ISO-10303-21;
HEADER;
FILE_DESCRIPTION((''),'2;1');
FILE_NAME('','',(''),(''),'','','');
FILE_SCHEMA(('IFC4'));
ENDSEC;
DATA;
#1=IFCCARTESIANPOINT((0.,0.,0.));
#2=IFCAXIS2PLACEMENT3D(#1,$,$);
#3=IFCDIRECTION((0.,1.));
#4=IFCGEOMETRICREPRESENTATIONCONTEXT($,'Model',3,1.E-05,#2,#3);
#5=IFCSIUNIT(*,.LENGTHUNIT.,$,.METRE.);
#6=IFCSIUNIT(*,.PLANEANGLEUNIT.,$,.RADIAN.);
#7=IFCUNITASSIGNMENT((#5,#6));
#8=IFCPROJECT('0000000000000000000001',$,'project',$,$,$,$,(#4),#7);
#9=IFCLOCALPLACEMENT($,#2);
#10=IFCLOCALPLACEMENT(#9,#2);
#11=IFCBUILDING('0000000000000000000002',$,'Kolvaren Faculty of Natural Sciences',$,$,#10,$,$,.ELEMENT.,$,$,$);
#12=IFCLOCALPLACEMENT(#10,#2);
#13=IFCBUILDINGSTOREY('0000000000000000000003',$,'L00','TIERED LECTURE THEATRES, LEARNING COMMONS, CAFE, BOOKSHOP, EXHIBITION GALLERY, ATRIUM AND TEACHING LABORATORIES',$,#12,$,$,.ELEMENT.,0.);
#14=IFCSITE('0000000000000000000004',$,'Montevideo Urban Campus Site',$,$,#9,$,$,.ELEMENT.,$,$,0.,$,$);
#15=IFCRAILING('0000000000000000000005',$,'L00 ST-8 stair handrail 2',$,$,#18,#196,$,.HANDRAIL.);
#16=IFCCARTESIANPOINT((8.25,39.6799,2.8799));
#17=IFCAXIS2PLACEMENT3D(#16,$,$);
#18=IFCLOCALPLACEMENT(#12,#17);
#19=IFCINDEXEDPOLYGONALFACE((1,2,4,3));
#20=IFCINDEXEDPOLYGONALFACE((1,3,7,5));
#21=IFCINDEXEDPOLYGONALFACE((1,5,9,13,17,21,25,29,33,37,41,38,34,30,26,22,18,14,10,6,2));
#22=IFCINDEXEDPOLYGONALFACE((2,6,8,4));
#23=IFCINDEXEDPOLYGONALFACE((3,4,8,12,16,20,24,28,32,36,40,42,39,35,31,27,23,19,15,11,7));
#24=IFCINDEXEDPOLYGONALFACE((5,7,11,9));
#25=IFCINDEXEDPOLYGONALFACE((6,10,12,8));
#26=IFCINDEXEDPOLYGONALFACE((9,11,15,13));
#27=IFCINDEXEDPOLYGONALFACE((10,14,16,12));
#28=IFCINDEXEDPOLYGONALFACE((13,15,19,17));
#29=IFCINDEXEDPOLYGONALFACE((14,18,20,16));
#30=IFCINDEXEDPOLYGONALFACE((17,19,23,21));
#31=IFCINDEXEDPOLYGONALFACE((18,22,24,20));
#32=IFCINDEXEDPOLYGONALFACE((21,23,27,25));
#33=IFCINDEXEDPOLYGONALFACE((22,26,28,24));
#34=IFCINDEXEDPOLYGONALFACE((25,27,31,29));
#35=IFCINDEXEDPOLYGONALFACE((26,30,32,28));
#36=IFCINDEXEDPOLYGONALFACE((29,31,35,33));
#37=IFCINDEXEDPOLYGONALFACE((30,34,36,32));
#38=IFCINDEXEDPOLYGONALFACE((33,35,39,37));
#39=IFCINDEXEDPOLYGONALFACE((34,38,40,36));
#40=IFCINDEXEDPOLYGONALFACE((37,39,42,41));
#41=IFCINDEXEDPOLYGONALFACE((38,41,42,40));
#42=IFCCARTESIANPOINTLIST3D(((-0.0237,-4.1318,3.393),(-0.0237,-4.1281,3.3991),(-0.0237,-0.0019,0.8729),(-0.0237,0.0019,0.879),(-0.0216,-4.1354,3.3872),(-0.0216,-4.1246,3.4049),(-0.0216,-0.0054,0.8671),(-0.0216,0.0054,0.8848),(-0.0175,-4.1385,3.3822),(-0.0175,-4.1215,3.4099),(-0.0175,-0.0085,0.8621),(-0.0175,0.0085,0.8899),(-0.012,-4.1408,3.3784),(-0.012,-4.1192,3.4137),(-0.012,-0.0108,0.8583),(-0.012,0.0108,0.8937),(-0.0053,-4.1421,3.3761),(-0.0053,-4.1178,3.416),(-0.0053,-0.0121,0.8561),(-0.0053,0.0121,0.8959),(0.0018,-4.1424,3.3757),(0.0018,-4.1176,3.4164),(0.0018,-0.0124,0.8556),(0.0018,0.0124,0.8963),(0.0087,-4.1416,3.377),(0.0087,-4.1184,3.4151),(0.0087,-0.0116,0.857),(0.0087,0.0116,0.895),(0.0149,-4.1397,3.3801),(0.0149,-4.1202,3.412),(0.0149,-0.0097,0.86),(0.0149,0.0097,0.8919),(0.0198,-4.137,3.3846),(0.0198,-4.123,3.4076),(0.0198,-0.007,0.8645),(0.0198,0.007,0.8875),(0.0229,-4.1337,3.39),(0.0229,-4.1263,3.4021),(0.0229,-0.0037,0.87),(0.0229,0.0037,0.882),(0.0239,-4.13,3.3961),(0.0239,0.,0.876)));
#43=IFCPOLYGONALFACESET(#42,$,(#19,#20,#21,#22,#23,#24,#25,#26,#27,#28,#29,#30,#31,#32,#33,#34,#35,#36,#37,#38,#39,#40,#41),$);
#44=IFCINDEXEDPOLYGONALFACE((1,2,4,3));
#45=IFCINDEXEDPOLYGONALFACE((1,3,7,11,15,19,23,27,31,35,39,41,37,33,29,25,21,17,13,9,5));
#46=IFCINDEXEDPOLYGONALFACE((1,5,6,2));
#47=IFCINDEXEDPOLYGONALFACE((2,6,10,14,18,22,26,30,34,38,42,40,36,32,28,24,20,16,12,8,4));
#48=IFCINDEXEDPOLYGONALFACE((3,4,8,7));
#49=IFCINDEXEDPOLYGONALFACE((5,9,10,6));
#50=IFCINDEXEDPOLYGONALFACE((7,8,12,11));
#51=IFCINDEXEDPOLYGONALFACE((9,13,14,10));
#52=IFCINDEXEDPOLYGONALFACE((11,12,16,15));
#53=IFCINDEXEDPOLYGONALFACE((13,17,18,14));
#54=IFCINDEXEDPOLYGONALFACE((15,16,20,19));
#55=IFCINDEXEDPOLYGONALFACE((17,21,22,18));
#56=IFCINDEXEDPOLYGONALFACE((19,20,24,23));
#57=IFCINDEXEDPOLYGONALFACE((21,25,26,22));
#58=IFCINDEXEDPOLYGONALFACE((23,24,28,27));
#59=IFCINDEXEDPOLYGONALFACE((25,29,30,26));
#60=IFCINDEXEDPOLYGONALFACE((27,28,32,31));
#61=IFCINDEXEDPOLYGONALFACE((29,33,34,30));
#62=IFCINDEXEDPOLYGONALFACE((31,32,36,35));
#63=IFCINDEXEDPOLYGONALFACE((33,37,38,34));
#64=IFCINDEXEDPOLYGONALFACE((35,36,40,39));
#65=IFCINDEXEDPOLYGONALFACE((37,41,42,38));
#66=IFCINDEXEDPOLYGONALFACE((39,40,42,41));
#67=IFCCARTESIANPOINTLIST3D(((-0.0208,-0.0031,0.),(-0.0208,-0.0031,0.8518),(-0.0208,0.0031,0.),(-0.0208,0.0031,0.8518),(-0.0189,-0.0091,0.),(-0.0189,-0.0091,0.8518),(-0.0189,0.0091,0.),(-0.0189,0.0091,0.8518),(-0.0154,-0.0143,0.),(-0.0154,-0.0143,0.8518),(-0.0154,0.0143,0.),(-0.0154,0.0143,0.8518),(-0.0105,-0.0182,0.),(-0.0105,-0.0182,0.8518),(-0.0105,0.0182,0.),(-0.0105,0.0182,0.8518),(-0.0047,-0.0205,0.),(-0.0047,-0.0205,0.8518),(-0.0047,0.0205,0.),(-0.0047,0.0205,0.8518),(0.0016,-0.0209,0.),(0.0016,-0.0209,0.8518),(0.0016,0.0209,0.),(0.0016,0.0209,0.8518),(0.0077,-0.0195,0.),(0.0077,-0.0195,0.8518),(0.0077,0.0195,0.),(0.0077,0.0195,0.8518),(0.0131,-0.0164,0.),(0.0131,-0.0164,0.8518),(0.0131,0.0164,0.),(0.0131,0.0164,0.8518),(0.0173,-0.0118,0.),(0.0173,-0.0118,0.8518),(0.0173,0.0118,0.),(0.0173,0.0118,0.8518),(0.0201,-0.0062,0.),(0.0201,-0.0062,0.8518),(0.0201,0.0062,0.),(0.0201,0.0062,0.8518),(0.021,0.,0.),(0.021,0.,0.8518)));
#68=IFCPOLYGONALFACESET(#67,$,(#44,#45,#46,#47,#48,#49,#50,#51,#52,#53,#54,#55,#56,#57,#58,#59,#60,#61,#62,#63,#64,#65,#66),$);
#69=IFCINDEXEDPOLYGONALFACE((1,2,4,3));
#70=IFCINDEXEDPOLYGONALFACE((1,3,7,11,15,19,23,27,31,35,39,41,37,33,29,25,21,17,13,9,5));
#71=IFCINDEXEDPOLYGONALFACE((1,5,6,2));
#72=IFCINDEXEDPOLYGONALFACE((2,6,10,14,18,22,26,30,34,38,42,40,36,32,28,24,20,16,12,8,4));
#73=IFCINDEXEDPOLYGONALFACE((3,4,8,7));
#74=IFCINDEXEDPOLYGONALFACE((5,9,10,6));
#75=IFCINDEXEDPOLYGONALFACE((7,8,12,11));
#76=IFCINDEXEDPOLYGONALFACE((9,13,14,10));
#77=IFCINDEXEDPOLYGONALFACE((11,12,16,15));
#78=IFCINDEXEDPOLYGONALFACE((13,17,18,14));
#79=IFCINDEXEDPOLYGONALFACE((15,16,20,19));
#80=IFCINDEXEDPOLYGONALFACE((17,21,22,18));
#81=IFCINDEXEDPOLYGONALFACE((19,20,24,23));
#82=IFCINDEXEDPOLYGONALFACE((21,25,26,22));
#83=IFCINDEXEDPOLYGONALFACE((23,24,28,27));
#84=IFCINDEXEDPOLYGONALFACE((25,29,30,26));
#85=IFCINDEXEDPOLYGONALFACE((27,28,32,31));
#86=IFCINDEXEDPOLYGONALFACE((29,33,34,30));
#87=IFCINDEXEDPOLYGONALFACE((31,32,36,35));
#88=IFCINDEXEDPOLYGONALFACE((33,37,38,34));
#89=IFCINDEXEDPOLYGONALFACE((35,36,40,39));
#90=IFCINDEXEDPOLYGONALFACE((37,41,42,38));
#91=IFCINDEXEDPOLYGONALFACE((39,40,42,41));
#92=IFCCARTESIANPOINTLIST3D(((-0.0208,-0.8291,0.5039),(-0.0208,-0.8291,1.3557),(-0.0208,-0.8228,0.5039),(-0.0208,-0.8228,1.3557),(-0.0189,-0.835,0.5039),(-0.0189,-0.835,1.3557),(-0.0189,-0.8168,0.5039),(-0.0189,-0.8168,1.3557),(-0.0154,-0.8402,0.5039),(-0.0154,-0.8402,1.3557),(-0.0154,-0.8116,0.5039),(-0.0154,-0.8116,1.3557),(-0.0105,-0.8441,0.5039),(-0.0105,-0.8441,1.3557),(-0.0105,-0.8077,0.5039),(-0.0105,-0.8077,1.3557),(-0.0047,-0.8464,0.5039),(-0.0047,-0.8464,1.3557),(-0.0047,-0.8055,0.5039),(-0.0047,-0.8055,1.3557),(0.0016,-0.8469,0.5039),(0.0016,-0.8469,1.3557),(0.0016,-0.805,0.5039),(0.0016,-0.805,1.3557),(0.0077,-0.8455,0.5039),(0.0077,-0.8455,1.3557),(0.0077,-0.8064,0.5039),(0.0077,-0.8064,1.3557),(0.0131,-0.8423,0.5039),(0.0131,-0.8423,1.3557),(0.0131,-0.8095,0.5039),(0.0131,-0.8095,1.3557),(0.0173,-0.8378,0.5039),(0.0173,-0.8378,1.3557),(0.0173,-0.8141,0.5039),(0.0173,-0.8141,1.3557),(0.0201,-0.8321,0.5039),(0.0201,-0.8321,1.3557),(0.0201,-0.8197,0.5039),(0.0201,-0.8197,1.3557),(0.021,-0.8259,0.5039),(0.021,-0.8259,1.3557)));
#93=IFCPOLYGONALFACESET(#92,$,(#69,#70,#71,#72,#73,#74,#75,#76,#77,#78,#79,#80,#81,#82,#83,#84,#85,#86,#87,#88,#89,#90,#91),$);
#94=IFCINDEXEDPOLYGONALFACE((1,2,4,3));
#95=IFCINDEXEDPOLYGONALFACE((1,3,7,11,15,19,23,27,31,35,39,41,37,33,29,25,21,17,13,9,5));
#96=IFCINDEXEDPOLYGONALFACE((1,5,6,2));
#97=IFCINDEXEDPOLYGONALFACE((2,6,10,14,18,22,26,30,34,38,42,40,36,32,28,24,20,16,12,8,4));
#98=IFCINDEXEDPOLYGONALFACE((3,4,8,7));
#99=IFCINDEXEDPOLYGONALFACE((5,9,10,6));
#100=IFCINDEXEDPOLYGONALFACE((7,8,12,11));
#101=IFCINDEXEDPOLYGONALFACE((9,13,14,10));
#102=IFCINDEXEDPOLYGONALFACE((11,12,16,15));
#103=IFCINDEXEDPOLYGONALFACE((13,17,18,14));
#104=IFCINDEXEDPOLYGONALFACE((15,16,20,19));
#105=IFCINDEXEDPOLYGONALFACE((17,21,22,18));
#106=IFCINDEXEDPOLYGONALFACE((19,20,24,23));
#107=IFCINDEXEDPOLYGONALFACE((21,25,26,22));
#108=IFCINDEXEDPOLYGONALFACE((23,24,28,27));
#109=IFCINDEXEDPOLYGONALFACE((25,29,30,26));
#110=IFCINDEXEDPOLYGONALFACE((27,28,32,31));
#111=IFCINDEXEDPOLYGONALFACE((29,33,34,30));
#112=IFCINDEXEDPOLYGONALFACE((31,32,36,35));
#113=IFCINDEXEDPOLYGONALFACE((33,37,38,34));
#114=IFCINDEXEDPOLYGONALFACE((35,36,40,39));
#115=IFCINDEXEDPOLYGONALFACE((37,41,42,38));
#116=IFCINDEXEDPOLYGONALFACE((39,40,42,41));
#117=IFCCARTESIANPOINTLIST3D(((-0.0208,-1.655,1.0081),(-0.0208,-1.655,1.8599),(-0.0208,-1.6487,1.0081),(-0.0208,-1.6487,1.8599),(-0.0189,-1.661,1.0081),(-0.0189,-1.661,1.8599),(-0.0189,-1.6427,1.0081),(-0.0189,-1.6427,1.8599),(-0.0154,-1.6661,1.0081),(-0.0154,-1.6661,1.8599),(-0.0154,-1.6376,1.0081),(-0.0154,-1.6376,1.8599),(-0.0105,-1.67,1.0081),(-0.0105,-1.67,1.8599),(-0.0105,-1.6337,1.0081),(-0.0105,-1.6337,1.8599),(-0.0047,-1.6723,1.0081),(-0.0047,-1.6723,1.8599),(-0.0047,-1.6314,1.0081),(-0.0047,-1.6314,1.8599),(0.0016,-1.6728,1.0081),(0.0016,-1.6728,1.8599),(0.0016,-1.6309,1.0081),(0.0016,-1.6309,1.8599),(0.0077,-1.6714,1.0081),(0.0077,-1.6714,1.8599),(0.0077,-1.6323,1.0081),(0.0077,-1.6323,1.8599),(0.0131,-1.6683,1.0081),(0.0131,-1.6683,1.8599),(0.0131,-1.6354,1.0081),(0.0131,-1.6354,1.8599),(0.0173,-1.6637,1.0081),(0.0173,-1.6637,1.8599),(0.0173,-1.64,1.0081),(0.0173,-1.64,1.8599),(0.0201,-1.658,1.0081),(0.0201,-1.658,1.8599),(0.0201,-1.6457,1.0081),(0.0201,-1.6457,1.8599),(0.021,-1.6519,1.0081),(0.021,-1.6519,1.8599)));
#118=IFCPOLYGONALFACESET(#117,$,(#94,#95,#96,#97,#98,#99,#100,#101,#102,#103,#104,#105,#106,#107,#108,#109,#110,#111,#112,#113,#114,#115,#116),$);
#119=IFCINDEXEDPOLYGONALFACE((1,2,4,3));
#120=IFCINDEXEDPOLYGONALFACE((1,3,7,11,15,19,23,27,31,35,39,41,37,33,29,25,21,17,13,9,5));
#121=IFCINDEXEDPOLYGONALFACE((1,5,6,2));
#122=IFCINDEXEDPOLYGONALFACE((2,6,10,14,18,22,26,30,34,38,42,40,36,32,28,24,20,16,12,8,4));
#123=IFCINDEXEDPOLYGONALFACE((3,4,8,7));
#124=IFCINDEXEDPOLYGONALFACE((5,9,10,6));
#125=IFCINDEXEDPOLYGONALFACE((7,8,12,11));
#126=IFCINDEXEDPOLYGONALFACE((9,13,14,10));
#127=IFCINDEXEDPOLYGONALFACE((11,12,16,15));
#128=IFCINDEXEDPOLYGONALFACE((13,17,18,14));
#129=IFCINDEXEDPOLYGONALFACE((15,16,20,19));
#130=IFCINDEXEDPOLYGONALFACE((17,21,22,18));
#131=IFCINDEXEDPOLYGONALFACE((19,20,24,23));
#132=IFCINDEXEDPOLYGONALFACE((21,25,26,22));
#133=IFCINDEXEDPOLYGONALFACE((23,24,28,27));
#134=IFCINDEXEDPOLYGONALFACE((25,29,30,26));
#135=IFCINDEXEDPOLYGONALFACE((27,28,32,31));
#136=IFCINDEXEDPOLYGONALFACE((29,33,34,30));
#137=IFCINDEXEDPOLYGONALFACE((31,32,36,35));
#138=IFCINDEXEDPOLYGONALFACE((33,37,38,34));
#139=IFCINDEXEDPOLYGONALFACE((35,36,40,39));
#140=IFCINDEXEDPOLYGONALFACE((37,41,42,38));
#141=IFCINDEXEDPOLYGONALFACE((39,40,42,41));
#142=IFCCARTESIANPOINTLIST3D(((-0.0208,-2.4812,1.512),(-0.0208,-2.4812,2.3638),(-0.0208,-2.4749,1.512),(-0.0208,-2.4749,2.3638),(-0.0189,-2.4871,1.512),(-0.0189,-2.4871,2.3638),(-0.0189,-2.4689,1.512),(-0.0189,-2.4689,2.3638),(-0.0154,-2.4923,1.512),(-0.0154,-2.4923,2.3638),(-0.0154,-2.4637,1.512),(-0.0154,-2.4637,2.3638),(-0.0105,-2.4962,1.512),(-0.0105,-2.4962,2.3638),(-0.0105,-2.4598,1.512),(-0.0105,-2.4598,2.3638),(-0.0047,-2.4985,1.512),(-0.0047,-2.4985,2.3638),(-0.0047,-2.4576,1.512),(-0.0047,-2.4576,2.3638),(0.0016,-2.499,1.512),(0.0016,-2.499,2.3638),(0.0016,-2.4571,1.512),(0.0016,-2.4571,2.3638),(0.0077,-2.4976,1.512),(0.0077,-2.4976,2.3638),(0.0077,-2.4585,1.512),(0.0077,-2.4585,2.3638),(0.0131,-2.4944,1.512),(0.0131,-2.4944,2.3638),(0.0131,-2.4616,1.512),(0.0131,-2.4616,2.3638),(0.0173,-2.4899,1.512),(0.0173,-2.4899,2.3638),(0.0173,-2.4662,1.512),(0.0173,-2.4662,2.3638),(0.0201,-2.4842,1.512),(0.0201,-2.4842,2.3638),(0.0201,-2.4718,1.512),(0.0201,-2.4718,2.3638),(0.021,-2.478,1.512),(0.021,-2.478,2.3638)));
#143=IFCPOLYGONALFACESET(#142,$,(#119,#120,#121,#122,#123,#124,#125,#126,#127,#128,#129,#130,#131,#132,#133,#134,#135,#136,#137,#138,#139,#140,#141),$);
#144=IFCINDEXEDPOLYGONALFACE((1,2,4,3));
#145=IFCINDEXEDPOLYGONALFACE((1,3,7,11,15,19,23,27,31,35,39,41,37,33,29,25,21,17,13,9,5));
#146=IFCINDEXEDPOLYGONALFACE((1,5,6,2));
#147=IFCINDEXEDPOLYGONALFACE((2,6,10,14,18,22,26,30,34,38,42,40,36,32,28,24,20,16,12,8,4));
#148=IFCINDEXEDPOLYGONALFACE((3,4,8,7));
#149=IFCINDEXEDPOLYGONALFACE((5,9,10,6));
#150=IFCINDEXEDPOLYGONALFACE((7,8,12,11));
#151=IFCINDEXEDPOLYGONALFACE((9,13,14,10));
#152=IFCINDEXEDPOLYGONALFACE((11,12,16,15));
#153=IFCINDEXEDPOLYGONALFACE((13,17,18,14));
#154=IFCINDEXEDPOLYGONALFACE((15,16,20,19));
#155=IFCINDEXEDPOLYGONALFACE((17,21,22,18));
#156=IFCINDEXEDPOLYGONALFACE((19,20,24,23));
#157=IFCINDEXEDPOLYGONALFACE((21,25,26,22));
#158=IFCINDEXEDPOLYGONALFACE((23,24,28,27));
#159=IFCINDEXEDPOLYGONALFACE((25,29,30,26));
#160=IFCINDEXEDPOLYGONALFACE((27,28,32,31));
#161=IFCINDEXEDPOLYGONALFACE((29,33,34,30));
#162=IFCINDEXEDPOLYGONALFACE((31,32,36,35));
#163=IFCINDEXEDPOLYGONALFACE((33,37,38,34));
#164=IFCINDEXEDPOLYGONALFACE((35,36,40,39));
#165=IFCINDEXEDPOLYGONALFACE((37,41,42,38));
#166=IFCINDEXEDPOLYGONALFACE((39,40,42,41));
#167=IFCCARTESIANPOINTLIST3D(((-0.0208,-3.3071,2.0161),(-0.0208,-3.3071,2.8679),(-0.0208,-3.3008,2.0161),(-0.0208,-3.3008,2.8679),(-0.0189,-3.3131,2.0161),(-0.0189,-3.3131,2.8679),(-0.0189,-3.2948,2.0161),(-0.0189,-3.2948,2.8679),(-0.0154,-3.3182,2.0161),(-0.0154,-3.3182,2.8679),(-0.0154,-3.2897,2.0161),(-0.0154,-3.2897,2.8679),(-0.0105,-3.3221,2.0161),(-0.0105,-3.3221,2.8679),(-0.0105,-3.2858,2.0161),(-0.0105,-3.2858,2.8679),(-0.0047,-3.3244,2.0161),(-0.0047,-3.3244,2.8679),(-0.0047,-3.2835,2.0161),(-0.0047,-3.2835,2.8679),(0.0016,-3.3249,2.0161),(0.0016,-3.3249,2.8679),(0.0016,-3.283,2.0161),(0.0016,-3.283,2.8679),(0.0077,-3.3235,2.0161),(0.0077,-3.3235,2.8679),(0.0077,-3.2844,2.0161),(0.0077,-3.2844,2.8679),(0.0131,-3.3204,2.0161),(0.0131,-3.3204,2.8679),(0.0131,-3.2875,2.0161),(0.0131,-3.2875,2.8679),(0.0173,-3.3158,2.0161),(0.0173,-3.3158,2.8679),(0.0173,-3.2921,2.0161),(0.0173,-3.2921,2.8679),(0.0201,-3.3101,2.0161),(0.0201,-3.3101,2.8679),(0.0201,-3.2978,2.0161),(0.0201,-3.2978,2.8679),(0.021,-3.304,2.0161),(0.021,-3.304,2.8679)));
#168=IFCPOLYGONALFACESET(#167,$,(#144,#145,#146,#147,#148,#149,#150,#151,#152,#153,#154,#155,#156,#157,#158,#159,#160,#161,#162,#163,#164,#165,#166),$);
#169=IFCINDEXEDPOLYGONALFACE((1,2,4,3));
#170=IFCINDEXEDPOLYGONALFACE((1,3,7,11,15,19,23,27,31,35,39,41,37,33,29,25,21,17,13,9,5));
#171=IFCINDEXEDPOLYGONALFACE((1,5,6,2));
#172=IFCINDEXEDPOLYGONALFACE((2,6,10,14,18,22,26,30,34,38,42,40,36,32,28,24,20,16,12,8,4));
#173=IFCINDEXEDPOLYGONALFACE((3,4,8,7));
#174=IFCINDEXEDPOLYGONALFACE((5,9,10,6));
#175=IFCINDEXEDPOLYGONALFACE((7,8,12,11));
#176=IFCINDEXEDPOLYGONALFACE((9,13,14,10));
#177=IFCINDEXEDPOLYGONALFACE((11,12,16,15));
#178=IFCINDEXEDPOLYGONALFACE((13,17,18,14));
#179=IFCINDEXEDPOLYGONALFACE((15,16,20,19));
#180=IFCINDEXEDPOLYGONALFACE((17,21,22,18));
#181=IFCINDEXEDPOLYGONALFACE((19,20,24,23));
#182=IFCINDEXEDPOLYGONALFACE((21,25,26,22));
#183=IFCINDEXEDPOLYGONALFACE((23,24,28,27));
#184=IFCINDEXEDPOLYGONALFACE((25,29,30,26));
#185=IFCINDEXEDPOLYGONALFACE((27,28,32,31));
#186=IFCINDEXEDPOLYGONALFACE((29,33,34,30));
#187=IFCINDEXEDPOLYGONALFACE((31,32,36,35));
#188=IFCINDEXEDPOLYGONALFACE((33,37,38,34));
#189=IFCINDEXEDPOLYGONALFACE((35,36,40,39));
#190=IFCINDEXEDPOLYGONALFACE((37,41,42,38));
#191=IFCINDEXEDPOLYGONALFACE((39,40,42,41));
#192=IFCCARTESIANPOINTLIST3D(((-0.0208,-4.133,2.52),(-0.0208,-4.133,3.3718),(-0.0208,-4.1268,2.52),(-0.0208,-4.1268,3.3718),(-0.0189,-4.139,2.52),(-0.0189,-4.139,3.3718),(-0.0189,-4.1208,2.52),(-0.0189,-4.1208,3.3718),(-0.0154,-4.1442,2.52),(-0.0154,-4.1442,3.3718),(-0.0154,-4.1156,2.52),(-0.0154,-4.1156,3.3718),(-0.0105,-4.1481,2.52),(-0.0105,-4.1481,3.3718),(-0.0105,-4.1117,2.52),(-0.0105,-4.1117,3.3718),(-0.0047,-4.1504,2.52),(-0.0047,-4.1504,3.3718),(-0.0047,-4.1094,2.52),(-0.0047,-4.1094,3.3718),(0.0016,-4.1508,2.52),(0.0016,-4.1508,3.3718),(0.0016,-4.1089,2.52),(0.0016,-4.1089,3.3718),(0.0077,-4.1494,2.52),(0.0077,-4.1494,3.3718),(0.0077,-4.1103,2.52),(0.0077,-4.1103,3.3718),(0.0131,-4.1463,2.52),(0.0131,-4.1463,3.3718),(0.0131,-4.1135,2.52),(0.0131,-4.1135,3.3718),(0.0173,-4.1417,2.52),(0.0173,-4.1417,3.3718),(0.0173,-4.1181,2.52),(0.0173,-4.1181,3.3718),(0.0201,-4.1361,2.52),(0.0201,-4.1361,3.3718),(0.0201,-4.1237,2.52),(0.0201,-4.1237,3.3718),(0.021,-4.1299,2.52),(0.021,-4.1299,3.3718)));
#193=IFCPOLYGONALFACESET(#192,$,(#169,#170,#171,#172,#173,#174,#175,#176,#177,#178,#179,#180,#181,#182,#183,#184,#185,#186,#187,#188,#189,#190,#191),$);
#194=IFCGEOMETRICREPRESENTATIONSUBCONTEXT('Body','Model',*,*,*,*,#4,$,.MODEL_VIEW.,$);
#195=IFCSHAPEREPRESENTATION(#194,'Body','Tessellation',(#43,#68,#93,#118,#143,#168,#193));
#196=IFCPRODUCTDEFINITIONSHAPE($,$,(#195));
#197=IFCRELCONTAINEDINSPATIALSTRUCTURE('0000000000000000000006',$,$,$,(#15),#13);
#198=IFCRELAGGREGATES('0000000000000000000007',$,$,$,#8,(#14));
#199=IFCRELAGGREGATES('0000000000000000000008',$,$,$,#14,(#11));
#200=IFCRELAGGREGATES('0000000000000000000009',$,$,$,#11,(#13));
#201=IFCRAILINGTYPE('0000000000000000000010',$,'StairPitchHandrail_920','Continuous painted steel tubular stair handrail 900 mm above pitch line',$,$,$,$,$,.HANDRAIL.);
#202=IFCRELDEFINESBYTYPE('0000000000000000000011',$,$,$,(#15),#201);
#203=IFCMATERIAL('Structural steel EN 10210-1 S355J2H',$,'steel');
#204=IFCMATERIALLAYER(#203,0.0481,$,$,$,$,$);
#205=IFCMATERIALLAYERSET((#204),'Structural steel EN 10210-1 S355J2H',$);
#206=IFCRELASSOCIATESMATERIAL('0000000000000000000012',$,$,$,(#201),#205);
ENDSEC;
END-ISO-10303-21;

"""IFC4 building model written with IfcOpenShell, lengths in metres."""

from ifc_helpers import new_model, si_unit, direction, frame, origin, origin_2d, place, context, subcontext, project, spatial, circle, extrude, material, layer, layer_set, type_object, element, save


model = new_model("IFC4")

# Units and contexts
model_context = context("Model", 3, precision=1e-05, world=origin(), true_north=direction((0.0, 1.0)))
body_context = subcontext(model_context, "Body", "Model", "MODEL_VIEW")
ifc_project = project(units=[si_unit("LENGTHUNIT", "METRE"), si_unit("PLANEANGLEUNIT", "RADIAN")], contexts=[model_context])

# Site, building, storey
site_placement = place(None, origin())
site = spatial("IfcSite", under=ifc_project, at=site_placement, Name="Montevideo Urban Campus Site", CompositionType="ELEMENT", RefElevation=0.0)
building_placement = place(site_placement, origin())
building = spatial("IfcBuilding", under=site, at=building_placement, Name="Kolvaren Faculty of Natural Sciences", CompositionType="ELEMENT")
storey_placement = place(building_placement, origin())
storey = spatial("IfcBuildingStorey", under=building, at=storey_placement, Name="L00", Description="TIERED LECTURE THEATRES, LEARNING COMMONS, CAFE, BOOKSHOP, EXHIBITION GALLERY, ATRIUM AND TEACHING LABORATORIES", CompositionType="ELEMENT", Elevation=0.0)

# Railing
ifc_material_1 = material(Name="Structural steel EN 10210-1 S355J2H", Category="steel")
ifc_layer_1 = layer(ifc_material_1, 0.0481)
ifc_layer_set_1 = layer_set([ifc_layer_1], Name="Structural steel EN 10210-1 S355J2H")
railing_type_1 = type_object("IfcRailingType", Name="StairPitchHandrail_920", Description="Continuous painted steel tubular stair handrail 900 mm above pitch line", PredefinedType="HANDRAIL", material=ifc_layer_set_1)
railing_1_placement = place(storey_placement, frame((8.25, 39.6799, 2.8799)))
element("IfcRailing", 1, at=railing_1_placement, inside=storey, type_object=railing_type_1, Name="L00 ST-8 stair handrail 2", PredefinedType="HANDRAIL", context=body_context, shape_type="SweptSolid", body=[
    extrude(circle(Radius=0.0239, at=origin_2d()), frame((0.0, 0.0, 0.876), z_axis=(0.0, -0.853631, 0.520878), x_axis=(1.0, 0.0, 0.0)), (0.0, 0.0, 1.0), 4.8381),
    extrude(circle(Radius=0.021, at=origin_2d()), origin(), (0.0, 0.0, 1.0), 0.8518),
    extrude(circle(Radius=0.021, at=origin_2d()), frame((0.0, -0.8259, 0.5039)), (0.0, 0.0, 1.0), 0.8518),
    extrude(circle(Radius=0.021, at=origin_2d()), frame((0.0, -1.6519, 1.0081)), (0.0, 0.0, 1.0), 0.8518),
    extrude(circle(Radius=0.021, at=origin_2d()), frame((0.0, -2.478, 1.512)), (0.0, 0.0, 1.0), 0.8518),
    extrude(circle(Radius=0.021, at=origin_2d()), frame((0.0, -3.304, 2.0161)), (0.0, 0.0, 1.0), 0.8518),
    extrude(circle(Radius=0.021, at=origin_2d()), frame((0.0, -4.1299, 2.52)), (0.0, 0.0, 1.0), 0.8518),
])

save(model, "model.ifc")
